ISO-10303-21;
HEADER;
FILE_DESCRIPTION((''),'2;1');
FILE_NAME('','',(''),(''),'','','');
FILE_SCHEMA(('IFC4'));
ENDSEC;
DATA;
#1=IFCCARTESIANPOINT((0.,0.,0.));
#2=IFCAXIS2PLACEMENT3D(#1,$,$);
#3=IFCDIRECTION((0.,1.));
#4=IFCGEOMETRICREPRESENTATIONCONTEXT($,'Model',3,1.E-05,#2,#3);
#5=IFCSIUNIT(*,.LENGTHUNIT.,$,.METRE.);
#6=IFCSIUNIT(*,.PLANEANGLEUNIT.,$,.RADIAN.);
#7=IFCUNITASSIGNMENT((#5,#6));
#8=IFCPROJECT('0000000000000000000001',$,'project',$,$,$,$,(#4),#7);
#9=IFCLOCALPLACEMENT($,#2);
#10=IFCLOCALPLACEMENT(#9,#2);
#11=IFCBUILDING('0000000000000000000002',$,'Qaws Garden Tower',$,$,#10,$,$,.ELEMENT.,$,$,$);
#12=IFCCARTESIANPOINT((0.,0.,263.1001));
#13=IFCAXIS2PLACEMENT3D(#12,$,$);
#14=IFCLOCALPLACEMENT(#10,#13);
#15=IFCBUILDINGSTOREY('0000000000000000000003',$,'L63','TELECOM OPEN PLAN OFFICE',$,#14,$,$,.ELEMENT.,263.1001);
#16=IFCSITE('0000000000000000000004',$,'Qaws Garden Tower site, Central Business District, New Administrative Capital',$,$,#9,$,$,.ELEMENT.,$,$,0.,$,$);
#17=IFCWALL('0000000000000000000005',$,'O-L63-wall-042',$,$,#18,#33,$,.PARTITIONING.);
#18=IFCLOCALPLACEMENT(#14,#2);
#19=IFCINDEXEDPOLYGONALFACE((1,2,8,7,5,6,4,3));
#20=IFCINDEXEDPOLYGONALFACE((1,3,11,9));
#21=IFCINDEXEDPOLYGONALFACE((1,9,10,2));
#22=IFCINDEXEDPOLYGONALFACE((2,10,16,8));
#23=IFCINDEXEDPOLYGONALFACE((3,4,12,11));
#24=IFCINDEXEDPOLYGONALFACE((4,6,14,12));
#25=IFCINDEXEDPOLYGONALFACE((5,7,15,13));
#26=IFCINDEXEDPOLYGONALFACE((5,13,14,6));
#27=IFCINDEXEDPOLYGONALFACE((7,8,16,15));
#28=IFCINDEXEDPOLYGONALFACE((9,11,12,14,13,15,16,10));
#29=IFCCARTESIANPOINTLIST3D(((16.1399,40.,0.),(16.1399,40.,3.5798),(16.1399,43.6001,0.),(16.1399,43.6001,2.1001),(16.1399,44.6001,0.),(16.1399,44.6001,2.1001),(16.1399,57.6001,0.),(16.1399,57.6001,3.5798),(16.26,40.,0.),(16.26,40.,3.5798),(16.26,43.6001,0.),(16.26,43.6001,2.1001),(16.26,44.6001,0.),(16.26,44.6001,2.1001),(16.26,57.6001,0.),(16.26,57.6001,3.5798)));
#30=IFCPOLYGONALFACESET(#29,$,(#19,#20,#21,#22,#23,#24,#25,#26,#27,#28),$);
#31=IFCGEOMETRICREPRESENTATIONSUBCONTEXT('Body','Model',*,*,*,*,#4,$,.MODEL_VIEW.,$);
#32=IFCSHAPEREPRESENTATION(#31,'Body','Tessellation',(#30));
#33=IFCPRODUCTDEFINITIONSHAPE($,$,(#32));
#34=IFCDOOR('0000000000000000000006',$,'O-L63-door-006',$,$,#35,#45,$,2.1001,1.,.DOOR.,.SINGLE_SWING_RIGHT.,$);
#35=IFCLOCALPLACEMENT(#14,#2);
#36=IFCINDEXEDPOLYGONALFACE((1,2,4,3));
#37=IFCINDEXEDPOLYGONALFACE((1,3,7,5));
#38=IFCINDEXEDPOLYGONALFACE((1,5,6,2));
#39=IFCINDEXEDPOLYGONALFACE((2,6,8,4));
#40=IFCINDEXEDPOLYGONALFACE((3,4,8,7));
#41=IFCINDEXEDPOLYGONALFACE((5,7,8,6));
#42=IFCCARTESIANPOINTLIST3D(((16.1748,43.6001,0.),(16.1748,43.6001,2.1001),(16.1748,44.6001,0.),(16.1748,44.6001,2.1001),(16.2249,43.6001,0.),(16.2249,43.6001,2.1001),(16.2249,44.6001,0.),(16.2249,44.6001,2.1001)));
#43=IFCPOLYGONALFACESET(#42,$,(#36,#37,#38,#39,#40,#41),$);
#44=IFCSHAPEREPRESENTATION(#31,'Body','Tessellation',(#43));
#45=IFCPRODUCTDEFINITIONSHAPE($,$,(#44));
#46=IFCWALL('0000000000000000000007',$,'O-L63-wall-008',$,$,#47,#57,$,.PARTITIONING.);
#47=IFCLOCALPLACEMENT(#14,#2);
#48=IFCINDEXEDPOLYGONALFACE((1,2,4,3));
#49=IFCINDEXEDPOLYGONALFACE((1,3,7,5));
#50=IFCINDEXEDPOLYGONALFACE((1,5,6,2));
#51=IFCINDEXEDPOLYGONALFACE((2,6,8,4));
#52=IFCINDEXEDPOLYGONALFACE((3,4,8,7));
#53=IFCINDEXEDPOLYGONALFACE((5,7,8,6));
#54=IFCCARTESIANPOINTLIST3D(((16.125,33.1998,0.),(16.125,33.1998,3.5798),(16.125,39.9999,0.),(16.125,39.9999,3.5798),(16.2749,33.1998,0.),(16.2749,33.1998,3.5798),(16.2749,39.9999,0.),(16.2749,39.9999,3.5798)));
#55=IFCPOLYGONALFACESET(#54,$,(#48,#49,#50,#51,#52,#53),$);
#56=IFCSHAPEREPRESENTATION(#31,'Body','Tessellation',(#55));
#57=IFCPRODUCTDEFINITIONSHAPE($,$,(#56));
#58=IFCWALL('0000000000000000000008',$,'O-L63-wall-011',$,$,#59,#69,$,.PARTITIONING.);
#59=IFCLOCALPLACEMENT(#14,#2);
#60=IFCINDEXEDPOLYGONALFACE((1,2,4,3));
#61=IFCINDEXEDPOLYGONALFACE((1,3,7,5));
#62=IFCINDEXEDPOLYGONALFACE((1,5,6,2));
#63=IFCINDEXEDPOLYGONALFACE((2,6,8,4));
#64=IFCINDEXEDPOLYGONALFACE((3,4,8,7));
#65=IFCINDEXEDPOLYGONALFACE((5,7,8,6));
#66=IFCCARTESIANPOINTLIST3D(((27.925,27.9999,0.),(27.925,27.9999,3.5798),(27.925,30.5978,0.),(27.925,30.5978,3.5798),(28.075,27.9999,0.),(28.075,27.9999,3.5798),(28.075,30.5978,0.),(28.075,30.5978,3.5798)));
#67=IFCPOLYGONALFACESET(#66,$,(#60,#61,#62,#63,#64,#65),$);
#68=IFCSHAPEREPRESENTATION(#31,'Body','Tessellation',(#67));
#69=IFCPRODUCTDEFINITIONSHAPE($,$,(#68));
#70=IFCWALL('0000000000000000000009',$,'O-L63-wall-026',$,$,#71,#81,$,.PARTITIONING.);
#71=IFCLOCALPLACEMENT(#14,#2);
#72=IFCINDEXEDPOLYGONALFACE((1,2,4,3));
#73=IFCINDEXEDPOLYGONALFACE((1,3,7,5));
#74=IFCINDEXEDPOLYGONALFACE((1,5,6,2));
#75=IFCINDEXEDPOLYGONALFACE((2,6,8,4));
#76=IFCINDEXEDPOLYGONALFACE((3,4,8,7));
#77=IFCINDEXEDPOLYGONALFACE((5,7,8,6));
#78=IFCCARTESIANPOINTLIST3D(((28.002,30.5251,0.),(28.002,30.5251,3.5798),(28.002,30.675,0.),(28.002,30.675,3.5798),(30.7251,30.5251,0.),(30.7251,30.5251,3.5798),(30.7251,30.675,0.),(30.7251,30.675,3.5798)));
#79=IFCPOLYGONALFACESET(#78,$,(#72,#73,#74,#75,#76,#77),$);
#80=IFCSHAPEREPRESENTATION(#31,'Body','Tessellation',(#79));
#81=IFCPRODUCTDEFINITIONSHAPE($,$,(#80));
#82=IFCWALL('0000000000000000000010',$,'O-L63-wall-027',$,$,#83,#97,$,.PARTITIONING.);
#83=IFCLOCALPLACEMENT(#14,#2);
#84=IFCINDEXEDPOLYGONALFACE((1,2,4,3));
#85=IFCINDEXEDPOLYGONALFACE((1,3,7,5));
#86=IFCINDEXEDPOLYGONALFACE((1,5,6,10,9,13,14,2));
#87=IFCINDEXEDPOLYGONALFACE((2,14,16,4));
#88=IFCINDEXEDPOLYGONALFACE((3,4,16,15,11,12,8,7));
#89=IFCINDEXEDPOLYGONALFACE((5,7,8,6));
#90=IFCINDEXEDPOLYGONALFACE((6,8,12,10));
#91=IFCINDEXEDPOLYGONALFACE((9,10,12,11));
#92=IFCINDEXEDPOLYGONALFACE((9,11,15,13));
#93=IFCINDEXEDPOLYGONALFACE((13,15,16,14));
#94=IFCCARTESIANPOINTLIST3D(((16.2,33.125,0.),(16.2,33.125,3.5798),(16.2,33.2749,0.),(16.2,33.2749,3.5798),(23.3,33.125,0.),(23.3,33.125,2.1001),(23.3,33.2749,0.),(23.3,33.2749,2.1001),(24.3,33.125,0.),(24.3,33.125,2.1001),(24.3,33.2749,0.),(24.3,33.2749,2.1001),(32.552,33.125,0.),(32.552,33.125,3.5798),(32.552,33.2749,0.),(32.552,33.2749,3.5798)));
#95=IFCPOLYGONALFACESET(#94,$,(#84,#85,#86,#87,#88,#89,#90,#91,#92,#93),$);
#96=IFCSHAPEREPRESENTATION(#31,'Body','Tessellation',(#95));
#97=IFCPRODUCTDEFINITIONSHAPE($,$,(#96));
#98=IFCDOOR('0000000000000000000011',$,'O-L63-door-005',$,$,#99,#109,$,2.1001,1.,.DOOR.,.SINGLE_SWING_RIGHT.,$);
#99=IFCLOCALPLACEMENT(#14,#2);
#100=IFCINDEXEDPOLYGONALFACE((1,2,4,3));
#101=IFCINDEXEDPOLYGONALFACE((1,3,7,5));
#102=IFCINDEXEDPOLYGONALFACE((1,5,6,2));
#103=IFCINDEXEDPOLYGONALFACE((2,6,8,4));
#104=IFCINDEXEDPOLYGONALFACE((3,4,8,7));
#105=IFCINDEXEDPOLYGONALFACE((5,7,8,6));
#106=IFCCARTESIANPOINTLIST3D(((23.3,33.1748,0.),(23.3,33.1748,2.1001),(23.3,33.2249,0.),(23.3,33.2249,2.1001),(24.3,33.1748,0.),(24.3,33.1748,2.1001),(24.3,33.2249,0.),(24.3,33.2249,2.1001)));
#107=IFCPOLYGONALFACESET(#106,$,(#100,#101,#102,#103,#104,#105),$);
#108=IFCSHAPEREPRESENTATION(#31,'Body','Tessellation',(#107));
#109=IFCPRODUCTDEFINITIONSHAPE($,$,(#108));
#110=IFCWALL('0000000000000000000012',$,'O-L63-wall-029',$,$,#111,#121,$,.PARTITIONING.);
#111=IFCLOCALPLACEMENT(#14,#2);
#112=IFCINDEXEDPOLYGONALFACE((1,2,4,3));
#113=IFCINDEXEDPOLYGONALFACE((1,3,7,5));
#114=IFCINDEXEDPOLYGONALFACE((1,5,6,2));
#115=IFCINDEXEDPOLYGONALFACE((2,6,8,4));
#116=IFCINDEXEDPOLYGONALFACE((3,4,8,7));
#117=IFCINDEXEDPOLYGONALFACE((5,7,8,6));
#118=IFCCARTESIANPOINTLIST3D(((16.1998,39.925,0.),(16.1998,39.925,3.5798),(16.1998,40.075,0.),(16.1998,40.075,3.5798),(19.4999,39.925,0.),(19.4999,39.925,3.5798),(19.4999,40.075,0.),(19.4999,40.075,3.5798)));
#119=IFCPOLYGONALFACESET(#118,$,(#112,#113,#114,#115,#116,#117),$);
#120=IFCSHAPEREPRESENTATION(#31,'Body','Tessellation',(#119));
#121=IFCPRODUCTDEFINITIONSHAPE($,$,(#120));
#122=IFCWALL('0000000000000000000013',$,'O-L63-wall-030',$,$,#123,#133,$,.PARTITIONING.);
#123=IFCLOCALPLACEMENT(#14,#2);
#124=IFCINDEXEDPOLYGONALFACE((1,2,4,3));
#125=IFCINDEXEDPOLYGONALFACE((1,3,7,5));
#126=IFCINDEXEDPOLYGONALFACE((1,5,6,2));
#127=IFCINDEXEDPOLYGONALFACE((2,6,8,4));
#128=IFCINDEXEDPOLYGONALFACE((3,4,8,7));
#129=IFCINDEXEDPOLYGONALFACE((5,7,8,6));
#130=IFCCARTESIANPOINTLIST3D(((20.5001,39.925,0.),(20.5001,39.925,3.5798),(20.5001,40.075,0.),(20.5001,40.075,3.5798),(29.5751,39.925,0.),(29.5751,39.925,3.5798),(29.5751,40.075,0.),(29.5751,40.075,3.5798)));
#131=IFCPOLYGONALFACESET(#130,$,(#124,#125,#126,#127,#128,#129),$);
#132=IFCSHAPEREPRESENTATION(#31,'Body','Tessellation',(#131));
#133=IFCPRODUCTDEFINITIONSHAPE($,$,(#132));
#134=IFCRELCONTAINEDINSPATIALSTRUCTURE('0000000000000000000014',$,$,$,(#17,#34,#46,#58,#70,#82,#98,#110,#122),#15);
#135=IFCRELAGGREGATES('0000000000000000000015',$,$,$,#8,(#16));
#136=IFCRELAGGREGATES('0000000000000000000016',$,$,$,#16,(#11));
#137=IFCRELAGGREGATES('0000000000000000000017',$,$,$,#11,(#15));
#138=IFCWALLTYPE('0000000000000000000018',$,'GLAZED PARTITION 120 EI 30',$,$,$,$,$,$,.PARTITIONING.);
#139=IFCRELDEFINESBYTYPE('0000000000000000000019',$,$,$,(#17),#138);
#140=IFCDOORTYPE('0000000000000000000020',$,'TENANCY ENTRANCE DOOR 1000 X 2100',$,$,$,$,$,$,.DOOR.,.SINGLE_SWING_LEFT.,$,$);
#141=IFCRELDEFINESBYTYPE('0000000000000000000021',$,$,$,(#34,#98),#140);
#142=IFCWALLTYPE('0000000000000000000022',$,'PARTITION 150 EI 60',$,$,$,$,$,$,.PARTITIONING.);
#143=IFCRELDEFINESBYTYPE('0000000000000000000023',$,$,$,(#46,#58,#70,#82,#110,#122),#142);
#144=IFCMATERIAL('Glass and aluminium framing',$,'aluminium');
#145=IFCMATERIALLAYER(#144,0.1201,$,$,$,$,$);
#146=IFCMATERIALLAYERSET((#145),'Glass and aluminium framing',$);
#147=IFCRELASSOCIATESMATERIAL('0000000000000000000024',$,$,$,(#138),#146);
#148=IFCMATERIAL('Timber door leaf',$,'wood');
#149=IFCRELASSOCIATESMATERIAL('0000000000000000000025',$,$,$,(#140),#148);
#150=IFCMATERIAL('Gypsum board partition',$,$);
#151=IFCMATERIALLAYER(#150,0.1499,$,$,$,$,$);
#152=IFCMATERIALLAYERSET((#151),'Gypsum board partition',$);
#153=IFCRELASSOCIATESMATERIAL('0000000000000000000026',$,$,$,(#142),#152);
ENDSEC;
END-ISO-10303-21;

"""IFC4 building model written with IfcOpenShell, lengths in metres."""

from ifc_helpers import new_model, si_unit, direction, frame, frame_2d, origin, place, context, subcontext, project, spatial, rectangle, extrude, material, layer, layer_set, type_object, element, fill, save


model = new_model("IFC4")

# Units and contexts
model_context = context("Model", 3, precision=1e-05, world=origin(), true_north=direction((0.0, 1.0)))
body_context = subcontext(model_context, "Body", "Model", "MODEL_VIEW")
ifc_project = project(units=[si_unit("LENGTHUNIT", "METRE"), si_unit("PLANEANGLEUNIT", "RADIAN")], contexts=[model_context])

# Site, building, storey
site_placement = place(None, origin())
site = spatial("IfcSite", under=ifc_project, at=site_placement, Name="Qaws Garden Tower site, Central Business District, New Administrative Capital", CompositionType="ELEMENT", RefElevation=0.0)
building_placement = place(site_placement, origin())
building = spatial("IfcBuilding", under=site, at=building_placement, Name="Qaws Garden Tower", CompositionType="ELEMENT")
storey_placement = place(building_placement, frame((0.0, 0.0, 263.1001)))
storey = spatial("IfcBuildingStorey", under=building, at=storey_placement, Name="L63", Description="TELECOM OPEN PLAN OFFICE", CompositionType="ELEMENT", Elevation=263.1001)

# Wall, opening, door
ifc_material_1 = material(Name="Glass and aluminium framing", Category="aluminium")
ifc_layer_1 = layer(ifc_material_1, 0.1201)
ifc_layer_set_1 = layer_set([ifc_layer_1], Name="Glass and aluminium framing")
wall_type_1 = type_object("IfcWallType", Name="GLAZED PARTITION 120 EI 30", PredefinedType="PARTITIONING", material=ifc_layer_set_1)
wall_1_placement = place(storey_placement, frame((16.2, 40.0, 0.0), z_axis=(0.0, 0.0, 1.0), x_axis=(0.0, 1.0, 0.0)))
wall_1 = element("IfcWall", 1, at=wall_1_placement, inside=storey, type_object=wall_type_1, Name="O-L63-wall-042", PredefinedType="PARTITIONING", context=body_context, shape_type="SweptSolid", body=[
    extrude(rectangle(XDim=17.6001, YDim=0.1201, at=frame_2d((8.8, 0.0))), origin(), (0.0, 0.0, 1.0), 3.5798),
])
opening_1_placement = place(wall_1_placement, frame((3.6001, 0.0, 0.0)))
opening_1 = element("IfcOpeningElement", 2, at=opening_1_placement, cuts=wall_1, PredefinedType="OPENING", context=body_context, shape_type="SweptSolid", body=[
    extrude(rectangle(XDim=1.0, YDim=2.1001, at=frame_2d((0.5, 1.05))), frame((0.0, 0.0701, 0.0), z_axis=(0.0, -1.0, 0.0), x_axis=(1.0, 0.0, 0.0)), (0.0, 0.0, 1.0), 0.1401),
])
ifc_material_2 = material(Name="Timber door leaf", Category="wood")
door_type_1 = type_object("IfcDoorType", Name="TENANCY ENTRANCE DOOR 1000 X 2100", OperationType="SINGLE_SWING_LEFT", PredefinedType="DOOR", material=ifc_material_2)
door_1_placement = place(opening_1_placement, frame((1.0, 0.0, 0.0), z_axis=(0.0, 0.0, 1.0), x_axis=(-1.0, 0.0, 0.0)))
door_1 = element("IfcDoor", 3, at=door_1_placement, inside=storey, type_object=door_type_1, Name="O-L63-door-006", OperationType="SINGLE_SWING_RIGHT", OverallHeight=2.1001, OverallWidth=1.0, PredefinedType="DOOR", context=body_context, shape_type="SweptSolid", body=[
    extrude(rectangle(XDim=1.0, YDim=2.1001, at=frame_2d((0.5, 1.05))), frame((0.0, 0.0249, 0.0), z_axis=(0.0, -1.0, 0.0), x_axis=(1.0, 0.0, 0.0)), (0.0, 0.0, 1.0), 0.05),
])
fill(opening_1, door_1)

# Walls
ifc_material_3 = material(Name="Gypsum board partition")
ifc_layer_2 = layer(ifc_material_3, 0.1499)
ifc_layer_set_2 = layer_set([ifc_layer_2], Name="Gypsum board partition")
wall_type_2 = type_object("IfcWallType", Name="PARTITION 150 EI 60", PredefinedType="PARTITIONING", material=ifc_layer_set_2)
wall_2_placement = place(storey_placement, frame((16.2, 33.2, 0.0), z_axis=(0.0, 0.0, 1.0), x_axis=(0.0, 1.0, 0.0)))
element("IfcWall", 4, at=wall_2_placement, inside=storey, type_object=wall_type_2, Name="O-L63-wall-008", PredefinedType="PARTITIONING", context=body_context, shape_type="SweptSolid", body=[
    extrude(rectangle(XDim=6.8, YDim=0.1499, at=frame_2d((3.3999, 0.0))), origin(), (0.0, 0.0, 1.0), 3.5798),
])
wall_3_placement = place(storey_placement, frame((28.0, 28.0, 0.0), z_axis=(0.0, 0.0, 1.0), x_axis=(0.0, 1.0, 0.0)))
element("IfcWall", 5, at=wall_3_placement, inside=storey, type_object=wall_type_2, Name="O-L63-wall-011", PredefinedType="PARTITIONING", context=body_context, shape_type="SweptSolid", body=[
    extrude(rectangle(XDim=2.5979, YDim=0.1499, at=frame_2d((1.2988, 0.0))), origin(), (0.0, 0.0, 1.0), 3.5798),
])
wall_4_placement = place(storey_placement, frame((28.002, 30.6001, 0.0), z_axis=(0.0, 0.0, 1.0), x_axis=(1.0, 0.0, 0.0)))
element("IfcWall", 6, at=wall_4_placement, inside=storey, type_object=wall_type_2, Name="O-L63-wall-026", PredefinedType="PARTITIONING", context=body_context, shape_type="SweptSolid", body=[
    extrude(rectangle(XDim=2.7231, YDim=0.1499, at=frame_2d((1.3616, 0.0))), origin(), (0.0, 0.0, 1.0), 3.5798),
])

# Wall, opening, door
wall_5_placement = place(storey_placement, frame((16.2, 33.2, 0.0), z_axis=(0.0, 0.0, 1.0), x_axis=(1.0, 0.0, 0.0)))
wall_5 = element("IfcWall", 7, at=wall_5_placement, inside=storey, type_object=wall_type_2, Name="O-L63-wall-027", PredefinedType="PARTITIONING", context=body_context, shape_type="SweptSolid", body=[
    extrude(rectangle(XDim=16.3521, YDim=0.1499, at=frame_2d((8.176, 0.0))), origin(), (0.0, 0.0, 1.0), 3.5798),
])
opening_2_placement = place(wall_5_placement, frame((7.1001, 0.0, 0.0)))
opening_2 = element("IfcOpeningElement", 8, at=opening_2_placement, cuts=wall_5, PredefinedType="OPENING", context=body_context, shape_type="SweptSolid", body=[
    extrude(rectangle(XDim=1.0, YDim=2.1001, at=frame_2d((0.5, 1.05))), frame((0.0, 0.085, 0.0), z_axis=(0.0, -1.0, 0.0), x_axis=(1.0, 0.0, 0.0)), (0.0, 0.0, 1.0), 0.1699),
])
door_2_placement = place(opening_2_placement, origin())
door_2 = element("IfcDoor", 9, at=door_2_placement, inside=storey, type_object=door_type_1, Name="O-L63-door-005", OperationType="SINGLE_SWING_RIGHT", OverallHeight=2.1001, OverallWidth=1.0, PredefinedType="DOOR", context=body_context, shape_type="SweptSolid", body=[
    extrude(rectangle(XDim=1.0, YDim=2.1001, at=frame_2d((0.5, 1.05))), frame((0.0, 0.0249, 0.0), z_axis=(0.0, -1.0, 0.0), x_axis=(1.0, 0.0, 0.0)), (0.0, 0.0, 1.0), 0.05),
])
fill(opening_2, door_2)

# Walls
wall_6_placement = place(storey_placement, frame((16.2, 40.0, 0.0), z_axis=(0.0, 0.0, 1.0), x_axis=(1.0, 0.0, 0.0)))
element("IfcWall", 10, at=wall_6_placement, inside=storey, type_object=wall_type_2, Name="O-L63-wall-029", PredefinedType="PARTITIONING", context=body_context, shape_type="SweptSolid", body=[
    extrude(rectangle(XDim=3.3, YDim=0.1499, at=frame_2d((1.6499, 0.0))), origin(), (0.0, 0.0, 1.0), 3.5798),
])
wall_7_placement = place(storey_placement, frame((20.5, 40.0, 0.0), z_axis=(0.0, 0.0, 1.0), x_axis=(1.0, 0.0, 0.0)))
element("IfcWall", 11, at=wall_7_placement, inside=storey, type_object=wall_type_2, Name="O-L63-wall-030", PredefinedType="PARTITIONING", context=body_context, shape_type="SweptSolid", body=[
    extrude(rectangle(XDim=9.075, YDim=0.1499, at=frame_2d((4.5376, 0.0))), origin(), (0.0, 0.0, 1.0), 3.5798),
])

save(model, "model.ifc")
